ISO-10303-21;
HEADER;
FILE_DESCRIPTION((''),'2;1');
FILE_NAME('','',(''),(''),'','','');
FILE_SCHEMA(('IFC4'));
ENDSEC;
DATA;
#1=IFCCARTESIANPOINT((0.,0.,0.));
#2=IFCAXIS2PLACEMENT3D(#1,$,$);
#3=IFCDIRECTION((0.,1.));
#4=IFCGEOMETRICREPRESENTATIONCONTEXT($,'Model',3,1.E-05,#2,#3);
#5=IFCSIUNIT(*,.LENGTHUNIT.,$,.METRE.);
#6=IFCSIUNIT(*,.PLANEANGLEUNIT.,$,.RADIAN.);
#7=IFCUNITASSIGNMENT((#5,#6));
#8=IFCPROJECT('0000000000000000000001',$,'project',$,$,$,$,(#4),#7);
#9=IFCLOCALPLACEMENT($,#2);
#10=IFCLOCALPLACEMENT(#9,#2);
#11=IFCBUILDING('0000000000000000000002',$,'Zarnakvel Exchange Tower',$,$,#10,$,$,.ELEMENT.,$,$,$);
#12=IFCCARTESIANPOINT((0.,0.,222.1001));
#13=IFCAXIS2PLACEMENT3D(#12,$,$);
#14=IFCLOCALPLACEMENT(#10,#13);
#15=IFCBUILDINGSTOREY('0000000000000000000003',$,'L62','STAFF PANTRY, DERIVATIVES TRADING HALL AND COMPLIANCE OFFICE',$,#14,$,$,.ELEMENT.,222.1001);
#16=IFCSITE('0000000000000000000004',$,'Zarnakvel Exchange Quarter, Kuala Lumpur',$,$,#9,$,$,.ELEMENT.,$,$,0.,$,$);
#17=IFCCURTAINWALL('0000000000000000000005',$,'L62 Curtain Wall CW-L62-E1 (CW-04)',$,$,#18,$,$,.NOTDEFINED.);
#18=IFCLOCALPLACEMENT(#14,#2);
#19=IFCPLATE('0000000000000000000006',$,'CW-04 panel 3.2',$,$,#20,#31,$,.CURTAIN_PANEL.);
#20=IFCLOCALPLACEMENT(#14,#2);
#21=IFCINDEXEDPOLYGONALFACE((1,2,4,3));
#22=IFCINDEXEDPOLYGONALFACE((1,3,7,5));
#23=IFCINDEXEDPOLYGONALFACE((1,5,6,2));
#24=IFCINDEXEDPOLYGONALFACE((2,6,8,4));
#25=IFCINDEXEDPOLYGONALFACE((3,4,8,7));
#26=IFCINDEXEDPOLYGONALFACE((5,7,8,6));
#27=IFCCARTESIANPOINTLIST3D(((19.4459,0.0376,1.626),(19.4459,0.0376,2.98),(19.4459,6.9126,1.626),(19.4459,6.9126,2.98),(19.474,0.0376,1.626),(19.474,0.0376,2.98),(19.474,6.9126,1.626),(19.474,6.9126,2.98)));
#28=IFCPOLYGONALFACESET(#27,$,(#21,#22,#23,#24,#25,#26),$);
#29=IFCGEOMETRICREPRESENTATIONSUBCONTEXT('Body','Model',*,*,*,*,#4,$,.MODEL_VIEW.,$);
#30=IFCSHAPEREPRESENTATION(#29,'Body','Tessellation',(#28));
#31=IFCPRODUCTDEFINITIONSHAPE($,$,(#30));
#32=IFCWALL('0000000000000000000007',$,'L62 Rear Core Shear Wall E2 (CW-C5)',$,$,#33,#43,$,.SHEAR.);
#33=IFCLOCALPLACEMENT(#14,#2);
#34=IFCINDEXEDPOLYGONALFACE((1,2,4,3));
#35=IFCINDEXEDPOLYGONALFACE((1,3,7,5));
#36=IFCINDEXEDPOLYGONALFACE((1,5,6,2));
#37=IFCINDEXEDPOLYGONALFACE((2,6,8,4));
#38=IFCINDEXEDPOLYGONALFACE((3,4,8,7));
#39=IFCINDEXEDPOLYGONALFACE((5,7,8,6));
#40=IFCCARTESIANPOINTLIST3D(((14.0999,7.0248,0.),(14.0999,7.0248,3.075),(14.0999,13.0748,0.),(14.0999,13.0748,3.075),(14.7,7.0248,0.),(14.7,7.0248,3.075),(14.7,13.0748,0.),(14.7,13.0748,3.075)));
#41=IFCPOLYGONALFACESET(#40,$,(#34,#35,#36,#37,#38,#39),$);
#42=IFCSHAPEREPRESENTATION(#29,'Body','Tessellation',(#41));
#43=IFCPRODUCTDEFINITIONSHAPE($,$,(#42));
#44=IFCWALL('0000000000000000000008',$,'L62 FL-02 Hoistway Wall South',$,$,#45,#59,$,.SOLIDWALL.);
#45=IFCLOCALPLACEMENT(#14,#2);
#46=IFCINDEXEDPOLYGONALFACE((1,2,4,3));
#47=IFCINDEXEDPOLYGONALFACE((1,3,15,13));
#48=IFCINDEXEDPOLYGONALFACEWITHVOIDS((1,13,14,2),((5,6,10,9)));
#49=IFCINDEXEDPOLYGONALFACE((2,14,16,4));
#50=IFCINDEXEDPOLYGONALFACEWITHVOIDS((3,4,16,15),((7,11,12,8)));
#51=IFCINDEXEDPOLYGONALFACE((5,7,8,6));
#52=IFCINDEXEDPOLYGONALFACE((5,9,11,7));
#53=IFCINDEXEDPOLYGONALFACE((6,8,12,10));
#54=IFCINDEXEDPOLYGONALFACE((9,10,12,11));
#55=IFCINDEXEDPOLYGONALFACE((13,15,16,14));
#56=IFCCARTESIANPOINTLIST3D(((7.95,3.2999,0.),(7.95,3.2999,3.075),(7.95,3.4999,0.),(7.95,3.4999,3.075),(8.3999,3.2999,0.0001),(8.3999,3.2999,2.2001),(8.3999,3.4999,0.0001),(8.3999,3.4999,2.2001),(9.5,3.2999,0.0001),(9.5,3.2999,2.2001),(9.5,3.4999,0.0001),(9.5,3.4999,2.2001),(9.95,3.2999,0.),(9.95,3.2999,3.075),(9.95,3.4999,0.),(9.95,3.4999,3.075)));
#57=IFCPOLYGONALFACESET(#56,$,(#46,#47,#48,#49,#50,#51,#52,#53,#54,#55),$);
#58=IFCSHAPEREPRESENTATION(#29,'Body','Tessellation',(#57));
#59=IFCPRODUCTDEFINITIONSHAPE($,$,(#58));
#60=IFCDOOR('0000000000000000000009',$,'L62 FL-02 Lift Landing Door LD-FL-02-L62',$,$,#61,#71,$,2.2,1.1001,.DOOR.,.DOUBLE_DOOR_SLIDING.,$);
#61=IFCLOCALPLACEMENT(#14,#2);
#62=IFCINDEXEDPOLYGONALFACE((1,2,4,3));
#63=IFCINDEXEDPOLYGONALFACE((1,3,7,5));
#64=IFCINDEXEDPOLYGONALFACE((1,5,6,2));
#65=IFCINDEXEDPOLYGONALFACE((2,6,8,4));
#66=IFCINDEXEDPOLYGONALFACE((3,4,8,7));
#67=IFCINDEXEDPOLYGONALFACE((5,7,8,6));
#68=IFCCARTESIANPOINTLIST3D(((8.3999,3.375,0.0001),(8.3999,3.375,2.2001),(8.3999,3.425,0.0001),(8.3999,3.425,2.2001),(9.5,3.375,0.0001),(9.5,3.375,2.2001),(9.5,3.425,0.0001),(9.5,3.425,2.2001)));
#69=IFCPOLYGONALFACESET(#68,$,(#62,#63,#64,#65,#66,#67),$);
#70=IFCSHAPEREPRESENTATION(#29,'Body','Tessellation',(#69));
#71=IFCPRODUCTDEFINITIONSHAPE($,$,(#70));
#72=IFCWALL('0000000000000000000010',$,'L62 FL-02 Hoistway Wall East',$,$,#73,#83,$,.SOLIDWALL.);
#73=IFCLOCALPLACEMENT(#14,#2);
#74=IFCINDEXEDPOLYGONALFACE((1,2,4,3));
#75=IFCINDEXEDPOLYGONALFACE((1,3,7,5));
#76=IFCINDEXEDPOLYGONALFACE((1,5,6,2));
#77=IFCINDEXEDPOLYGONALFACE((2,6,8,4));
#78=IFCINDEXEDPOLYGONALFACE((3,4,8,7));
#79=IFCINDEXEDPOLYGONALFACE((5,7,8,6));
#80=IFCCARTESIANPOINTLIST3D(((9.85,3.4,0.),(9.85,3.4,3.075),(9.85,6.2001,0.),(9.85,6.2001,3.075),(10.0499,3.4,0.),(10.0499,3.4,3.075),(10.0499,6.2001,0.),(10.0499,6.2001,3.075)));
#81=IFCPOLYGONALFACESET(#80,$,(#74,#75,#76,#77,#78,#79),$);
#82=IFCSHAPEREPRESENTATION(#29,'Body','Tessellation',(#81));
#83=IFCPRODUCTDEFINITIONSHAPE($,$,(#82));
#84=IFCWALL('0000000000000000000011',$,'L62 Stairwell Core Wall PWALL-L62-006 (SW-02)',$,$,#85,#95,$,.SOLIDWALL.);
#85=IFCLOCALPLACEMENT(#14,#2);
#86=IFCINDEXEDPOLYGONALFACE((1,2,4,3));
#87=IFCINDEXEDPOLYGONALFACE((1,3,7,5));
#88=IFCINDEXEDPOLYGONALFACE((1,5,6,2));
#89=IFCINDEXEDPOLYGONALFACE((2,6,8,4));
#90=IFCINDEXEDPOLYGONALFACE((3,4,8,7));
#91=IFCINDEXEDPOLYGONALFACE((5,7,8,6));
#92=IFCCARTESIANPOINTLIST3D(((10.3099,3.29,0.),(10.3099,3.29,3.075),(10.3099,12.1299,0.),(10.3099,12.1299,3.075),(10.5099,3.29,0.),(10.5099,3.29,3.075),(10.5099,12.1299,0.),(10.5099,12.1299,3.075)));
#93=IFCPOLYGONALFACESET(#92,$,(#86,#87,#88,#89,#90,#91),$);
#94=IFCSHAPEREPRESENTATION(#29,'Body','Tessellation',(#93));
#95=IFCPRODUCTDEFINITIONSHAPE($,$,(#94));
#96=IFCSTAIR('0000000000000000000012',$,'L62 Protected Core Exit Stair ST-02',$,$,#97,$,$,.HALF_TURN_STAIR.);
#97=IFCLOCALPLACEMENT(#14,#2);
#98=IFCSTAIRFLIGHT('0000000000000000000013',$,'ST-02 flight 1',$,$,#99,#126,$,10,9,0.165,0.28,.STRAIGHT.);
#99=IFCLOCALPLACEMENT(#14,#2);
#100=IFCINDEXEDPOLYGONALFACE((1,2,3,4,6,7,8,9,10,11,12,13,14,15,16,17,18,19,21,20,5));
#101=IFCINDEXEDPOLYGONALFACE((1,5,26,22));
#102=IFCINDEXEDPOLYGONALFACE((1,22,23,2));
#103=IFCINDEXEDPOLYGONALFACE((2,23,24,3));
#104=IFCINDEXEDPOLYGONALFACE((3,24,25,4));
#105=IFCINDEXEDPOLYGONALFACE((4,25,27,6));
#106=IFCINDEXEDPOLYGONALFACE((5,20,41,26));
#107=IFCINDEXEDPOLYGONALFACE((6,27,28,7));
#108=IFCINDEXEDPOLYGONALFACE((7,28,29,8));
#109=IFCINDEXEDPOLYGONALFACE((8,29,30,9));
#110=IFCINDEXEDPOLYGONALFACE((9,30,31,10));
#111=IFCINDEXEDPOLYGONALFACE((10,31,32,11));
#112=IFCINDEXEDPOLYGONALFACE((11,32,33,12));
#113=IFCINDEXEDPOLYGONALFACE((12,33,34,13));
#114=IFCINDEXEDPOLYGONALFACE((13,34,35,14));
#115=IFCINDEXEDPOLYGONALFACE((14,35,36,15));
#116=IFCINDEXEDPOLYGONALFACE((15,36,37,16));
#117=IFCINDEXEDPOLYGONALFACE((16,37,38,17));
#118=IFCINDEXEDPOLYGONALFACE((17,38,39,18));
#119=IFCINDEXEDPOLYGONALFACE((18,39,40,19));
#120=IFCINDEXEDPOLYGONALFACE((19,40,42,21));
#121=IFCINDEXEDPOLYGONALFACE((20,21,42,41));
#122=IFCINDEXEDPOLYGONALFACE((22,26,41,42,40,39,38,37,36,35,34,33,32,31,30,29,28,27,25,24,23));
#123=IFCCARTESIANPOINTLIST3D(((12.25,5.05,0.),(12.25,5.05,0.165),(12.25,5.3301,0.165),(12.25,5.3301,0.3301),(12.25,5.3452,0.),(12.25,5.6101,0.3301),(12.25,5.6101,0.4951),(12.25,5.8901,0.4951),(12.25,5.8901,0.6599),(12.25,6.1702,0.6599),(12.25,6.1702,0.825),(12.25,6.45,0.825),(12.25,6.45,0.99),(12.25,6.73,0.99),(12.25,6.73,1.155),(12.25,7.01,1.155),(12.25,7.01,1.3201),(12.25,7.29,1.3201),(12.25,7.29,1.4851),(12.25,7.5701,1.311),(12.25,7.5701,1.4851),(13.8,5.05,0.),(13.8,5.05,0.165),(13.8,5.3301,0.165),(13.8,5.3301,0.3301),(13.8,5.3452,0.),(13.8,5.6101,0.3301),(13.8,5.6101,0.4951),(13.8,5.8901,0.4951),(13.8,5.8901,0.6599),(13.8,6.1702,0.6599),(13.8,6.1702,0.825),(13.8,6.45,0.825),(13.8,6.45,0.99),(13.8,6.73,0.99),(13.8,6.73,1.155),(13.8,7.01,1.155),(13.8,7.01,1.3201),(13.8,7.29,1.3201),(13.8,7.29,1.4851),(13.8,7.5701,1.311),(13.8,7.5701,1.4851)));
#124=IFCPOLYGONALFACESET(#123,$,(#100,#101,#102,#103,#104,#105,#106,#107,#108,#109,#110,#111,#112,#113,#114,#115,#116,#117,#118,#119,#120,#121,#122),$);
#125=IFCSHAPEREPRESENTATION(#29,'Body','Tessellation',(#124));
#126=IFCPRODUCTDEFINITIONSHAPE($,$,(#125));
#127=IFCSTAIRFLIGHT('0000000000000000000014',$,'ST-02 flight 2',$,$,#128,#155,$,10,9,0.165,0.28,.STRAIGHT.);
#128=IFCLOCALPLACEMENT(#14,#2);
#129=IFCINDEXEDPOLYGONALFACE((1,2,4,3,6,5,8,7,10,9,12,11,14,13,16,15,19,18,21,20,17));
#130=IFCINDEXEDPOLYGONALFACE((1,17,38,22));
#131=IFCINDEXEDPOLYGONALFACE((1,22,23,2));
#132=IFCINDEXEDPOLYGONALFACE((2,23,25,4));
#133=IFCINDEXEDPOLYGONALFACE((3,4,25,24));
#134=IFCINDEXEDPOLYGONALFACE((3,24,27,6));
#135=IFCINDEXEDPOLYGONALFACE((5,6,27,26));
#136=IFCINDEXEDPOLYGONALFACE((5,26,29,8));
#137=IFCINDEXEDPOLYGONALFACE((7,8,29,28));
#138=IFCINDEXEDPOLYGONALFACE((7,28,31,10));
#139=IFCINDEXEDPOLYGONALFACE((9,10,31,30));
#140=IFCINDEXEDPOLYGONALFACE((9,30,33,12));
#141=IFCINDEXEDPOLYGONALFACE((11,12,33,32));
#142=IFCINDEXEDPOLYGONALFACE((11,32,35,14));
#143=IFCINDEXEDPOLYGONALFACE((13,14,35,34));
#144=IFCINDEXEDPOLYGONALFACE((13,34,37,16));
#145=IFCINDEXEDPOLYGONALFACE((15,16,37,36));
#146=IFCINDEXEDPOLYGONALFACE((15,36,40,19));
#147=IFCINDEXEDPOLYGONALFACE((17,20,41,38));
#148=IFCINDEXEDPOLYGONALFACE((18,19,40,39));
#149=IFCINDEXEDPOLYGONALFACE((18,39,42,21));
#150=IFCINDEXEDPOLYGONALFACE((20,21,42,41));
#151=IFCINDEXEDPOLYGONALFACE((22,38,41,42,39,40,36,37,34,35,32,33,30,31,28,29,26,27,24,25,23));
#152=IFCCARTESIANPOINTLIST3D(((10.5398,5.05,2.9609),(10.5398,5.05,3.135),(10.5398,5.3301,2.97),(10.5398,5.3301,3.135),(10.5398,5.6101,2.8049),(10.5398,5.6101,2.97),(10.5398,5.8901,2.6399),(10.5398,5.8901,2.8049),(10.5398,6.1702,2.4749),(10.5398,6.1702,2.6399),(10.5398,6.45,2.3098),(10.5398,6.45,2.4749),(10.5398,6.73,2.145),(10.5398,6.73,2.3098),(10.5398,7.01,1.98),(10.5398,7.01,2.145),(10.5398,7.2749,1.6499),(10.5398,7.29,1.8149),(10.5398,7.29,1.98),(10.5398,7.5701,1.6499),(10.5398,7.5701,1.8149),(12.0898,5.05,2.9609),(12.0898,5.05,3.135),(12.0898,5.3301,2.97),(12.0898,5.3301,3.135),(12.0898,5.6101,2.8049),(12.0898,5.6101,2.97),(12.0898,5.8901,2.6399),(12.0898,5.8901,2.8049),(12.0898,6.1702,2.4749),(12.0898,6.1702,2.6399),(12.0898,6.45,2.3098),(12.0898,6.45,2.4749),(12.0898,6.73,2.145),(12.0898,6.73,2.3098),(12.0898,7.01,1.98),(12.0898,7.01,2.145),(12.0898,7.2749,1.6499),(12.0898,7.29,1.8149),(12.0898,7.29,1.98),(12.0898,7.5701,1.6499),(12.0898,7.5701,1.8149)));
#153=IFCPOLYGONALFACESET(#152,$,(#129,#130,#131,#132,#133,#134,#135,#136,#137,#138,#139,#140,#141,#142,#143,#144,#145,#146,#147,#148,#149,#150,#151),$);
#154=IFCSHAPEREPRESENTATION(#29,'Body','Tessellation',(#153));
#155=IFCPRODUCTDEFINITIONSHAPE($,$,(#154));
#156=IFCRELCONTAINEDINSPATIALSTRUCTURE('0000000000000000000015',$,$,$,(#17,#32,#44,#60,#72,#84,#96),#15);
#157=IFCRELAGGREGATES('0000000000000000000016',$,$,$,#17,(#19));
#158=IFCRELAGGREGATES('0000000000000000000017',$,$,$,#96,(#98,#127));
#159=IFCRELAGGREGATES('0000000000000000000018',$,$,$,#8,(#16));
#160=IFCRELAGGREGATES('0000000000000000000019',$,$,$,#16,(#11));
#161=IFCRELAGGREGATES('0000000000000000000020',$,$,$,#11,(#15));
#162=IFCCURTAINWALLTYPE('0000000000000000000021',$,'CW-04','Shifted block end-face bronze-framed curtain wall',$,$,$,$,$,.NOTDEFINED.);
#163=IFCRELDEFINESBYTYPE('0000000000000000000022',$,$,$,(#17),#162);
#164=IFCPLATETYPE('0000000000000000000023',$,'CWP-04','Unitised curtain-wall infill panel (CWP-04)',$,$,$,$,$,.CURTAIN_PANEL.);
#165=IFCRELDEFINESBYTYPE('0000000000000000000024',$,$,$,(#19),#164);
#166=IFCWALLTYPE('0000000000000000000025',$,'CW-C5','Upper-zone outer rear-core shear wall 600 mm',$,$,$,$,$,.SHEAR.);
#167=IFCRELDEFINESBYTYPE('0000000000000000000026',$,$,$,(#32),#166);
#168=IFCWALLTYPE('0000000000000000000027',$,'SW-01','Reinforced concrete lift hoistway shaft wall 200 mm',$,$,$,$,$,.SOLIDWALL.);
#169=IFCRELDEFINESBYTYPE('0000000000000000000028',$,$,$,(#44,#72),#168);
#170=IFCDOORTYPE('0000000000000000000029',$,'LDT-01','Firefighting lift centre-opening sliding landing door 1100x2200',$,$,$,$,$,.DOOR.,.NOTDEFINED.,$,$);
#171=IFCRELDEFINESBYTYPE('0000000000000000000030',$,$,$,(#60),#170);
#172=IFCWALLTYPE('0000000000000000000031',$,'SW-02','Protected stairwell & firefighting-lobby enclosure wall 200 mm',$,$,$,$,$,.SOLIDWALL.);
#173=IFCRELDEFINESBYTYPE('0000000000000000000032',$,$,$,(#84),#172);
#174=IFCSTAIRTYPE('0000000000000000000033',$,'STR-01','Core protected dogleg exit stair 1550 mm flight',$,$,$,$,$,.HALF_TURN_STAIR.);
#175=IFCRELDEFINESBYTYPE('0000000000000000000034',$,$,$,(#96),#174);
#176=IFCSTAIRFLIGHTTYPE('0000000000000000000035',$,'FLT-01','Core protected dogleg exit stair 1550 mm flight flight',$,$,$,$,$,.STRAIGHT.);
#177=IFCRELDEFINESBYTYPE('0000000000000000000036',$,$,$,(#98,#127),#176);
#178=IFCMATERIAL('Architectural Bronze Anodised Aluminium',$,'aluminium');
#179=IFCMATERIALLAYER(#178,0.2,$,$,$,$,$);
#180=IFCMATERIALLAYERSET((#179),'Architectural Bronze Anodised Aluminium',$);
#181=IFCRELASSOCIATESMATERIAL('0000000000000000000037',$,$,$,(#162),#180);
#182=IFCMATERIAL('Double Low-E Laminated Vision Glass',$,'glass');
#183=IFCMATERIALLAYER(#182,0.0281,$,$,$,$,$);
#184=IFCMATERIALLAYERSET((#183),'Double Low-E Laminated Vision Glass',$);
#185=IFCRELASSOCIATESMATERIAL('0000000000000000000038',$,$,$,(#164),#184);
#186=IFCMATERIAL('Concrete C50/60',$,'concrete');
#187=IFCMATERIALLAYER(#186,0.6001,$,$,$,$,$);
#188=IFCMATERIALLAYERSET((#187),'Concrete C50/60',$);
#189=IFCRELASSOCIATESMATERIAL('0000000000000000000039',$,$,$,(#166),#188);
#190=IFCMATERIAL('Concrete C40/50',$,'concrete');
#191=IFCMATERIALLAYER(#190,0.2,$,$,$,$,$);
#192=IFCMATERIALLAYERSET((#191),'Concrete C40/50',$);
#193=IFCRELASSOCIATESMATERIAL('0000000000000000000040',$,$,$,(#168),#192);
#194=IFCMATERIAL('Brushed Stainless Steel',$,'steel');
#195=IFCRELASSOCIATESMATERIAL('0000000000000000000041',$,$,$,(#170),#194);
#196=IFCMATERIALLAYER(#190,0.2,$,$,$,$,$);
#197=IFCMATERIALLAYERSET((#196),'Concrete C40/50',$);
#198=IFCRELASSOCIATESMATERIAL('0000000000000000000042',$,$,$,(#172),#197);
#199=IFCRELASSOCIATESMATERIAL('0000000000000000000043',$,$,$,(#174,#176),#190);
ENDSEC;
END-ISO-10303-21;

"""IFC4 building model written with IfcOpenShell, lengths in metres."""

from ifc_helpers import new_model, si_unit, direction, frame, frame_2d, origin, origin_2d, place, context, subcontext, project, spatial, polyline, rectangle, outline, extrude, source, transform, mapped, material, layer, layer_set, type_object, element, fill, aggregate, save


model = new_model("IFC4")

# Units and contexts
model_context = context("Model", 3, precision=1e-05, world=origin(), true_north=direction((0.0, 1.0)))
body_context = subcontext(model_context, "Body", "Model", "MODEL_VIEW")
ifc_project = project(units=[si_unit("LENGTHUNIT", "METRE"), si_unit("PLANEANGLEUNIT", "RADIAN")], contexts=[model_context])

# Site, building, storey
site_placement = place(None, origin())
site = spatial("IfcSite", under=ifc_project, at=site_placement, Name="Zarnakvel Exchange Quarter, Kuala Lumpur", CompositionType="ELEMENT", RefElevation=0.0)
building_placement = place(site_placement, origin())
building = spatial("IfcBuilding", under=site, at=building_placement, Name="Zarnakvel Exchange Tower", CompositionType="ELEMENT")
storey_placement = place(building_placement, frame((0.0, 0.0, 222.1001)))
storey = spatial("IfcBuildingStorey", under=building, at=storey_placement, Name="L62", Description="STAFF PANTRY, DERIVATIVES TRADING HALL AND COMPLIANCE OFFICE", CompositionType="ELEMENT", Elevation=222.1001)

# Shared definitions
ifc_material_1 = material(Name="Concrete C50/60", Category="concrete")

# Curtain wall, plate
ifc_material_2 = material(Name="Architectural Bronze Anodised Aluminium", Category="aluminium")
ifc_layer_1 = layer(ifc_material_2, 0.2)
ifc_layer_set_1 = layer_set([ifc_layer_1], Name="Architectural Bronze Anodised Aluminium")
curtain_wall_type = type_object("IfcCurtainWallType", Name="CW-04", Description="Shifted block end-face bronze-framed curtain wall", PredefinedType="NOTDEFINED", material=ifc_layer_set_1)
curtain_wall_placement = place(storey_placement, origin())
curtain_wall = element("IfcCurtainWall", 1, at=curtain_wall_placement, inside=storey, type_object=curtain_wall_type, Name="L62 Curtain Wall CW-L62-E1 (CW-04)", PredefinedType="NOTDEFINED")
ifc_material_3 = material(Name="Double Low-E Laminated Vision Glass", Category="glass")
ifc_layer_2 = layer(ifc_material_3, 0.0281)
ifc_layer_set_2 = layer_set([ifc_layer_2], Name="Double Low-E Laminated Vision Glass")
plate_type = type_object("IfcPlateType", Name="CWP-04", Description="Unitised curtain-wall infill panel (CWP-04)", PredefinedType="CURTAIN_PANEL", material=ifc_layer_set_2)
shared_shape_1 = source(origin(), body_context, "Body", "SweptSolid", [
    extrude(rectangle(XDim=6.875, YDim=0.0281, at=origin_2d()), origin(), (0.0, 0.0, 1.0), 1.354),
])
plate_1_placement = place(storey_placement, frame((19.46, 3.4751, 1.626), z_axis=(0.0, 0.0, 1.0), x_axis=(0.0, 1.0, 0.0)))
plate_1 = element("IfcPlate", 2, at=plate_1_placement, type_object=plate_type, Name="CW-04 panel 3.2", PredefinedType="CURTAIN_PANEL", context=body_context, shape_type="MappedRepresentation", body=[
    mapped(shared_shape_1, transform((0.0, 0.0, 0.0), x_axis=(1.0, 0.0, 0.0), y_axis=(0.0, 1.0, 0.0), z_axis=(0.0, 0.0, 1.0), scale=1.0)),
])
aggregate(curtain_wall, [plate_1])

# Wall
ifc_layer_3 = layer(ifc_material_1, 0.6001)
ifc_layer_set_3 = layer_set([ifc_layer_3], Name="Concrete C50/60")
wall_type_1 = type_object("IfcWallType", Name="CW-C5", Description="Upper-zone outer rear-core shear wall 600 mm", PredefinedType="SHEAR", material=ifc_layer_set_3)
wall_1_placement = place(storey_placement, frame((14.3999, 7.0249, 0.0), z_axis=(0.0, 0.0, 1.0), x_axis=(0.0, 1.0, 0.0)))
element("IfcWall", 3, at=wall_1_placement, inside=storey, type_object=wall_type_1, Name="L62 Rear Core Shear Wall E2 (CW-C5)", PredefinedType="SHEAR", context=body_context, shape_type="SweptSolid", body=[
    extrude(rectangle(XDim=6.05, YDim=0.6001, at=frame_2d((3.0249, 0.0))), origin(), (0.0, 0.0, 1.0), 3.075),
])

# Wall, opening, door
ifc_material_4 = material(Name="Concrete C40/50", Category="concrete")
ifc_layer_4 = layer(ifc_material_4, 0.2)
ifc_layer_set_4 = layer_set([ifc_layer_4], Name="Concrete C40/50")
wall_type_2 = type_object("IfcWallType", Name="SW-01", Description="Reinforced concrete lift hoistway shaft wall 200 mm", PredefinedType="SOLIDWALL", material=ifc_layer_set_4)
wall_2_placement = place(storey_placement, frame((9.95, 3.3999, 0.0), z_axis=(0.0, 0.0, 1.0), x_axis=(-1.0, 0.0, 0.0)))
wall_2 = element("IfcWall", 4, at=wall_2_placement, inside=storey, type_object=wall_type_2, Name="L62 FL-02 Hoistway Wall South", PredefinedType="SOLIDWALL", context=body_context, shape_type="SweptSolid", body=[
    extrude(rectangle(XDim=2.0, YDim=0.2, at=frame_2d((1.0, 0.0))), origin(), (0.0, 0.0, 1.0), 3.075),
])
opening_1_placement = place(wall_2_placement, frame((0.45, 0.0, 0.0)))
opening_1 = element("IfcOpeningElement", 5, at=opening_1_placement, cuts=wall_2, PredefinedType="OPENING", context=body_context, shape_type="SweptSolid", body=[
    extrude(rectangle(XDim=1.1001, YDim=2.2, at=frame_2d((0.55, 1.1001))), frame((0.0, 0.1099, 0.0), z_axis=(0.0, -1.0, 0.0), x_axis=(1.0, 0.0, 0.0)), (0.0, 0.0, 1.0), 0.22),
])
ifc_material_5 = material(Name="Brushed Stainless Steel", Category="steel")
door_type_1 = type_object("IfcDoorType", Name="LDT-01", Description="Firefighting lift centre-opening sliding landing door 1100x2200", OperationType="NOTDEFINED", PredefinedType="DOOR", material=ifc_material_5)
shared_shape_2 = source(origin(), body_context, "Body", "SweptSolid", [
    extrude(rectangle(XDim=1.1001, YDim=2.2, at=frame_2d((0.55, 1.1001))), frame((0.0, 0.0249, 0.0), z_axis=(0.0, -1.0, 0.0), x_axis=(1.0, 0.0, 0.0)), (0.0, 0.0, 1.0), 0.05),
])
door_1_placement = place(opening_1_placement, origin())
door_1 = element("IfcDoor", 6, at=door_1_placement, inside=storey, type_object=door_type_1, Name="L62 FL-02 Lift Landing Door LD-FL-02-L62", OperationType="DOUBLE_DOOR_SLIDING", OverallHeight=2.2, OverallWidth=1.1001, PredefinedType="DOOR", context=body_context, shape_type="MappedRepresentation", body=[
    mapped(shared_shape_2, transform((0.0, 0.0, 0.0), x_axis=(1.0, 0.0, 0.0), y_axis=(0.0, 1.0, 0.0), z_axis=(0.0, 0.0, 1.0), scale=1.0)),
])
fill(opening_1, door_1)

# Wall
wall_3_placement = place(storey_placement, frame((9.95, 6.2, 0.0), z_axis=(0.0, 0.0, 1.0), x_axis=(0.0, -1.0, 0.0)))
element("IfcWall", 7, at=wall_3_placement, inside=storey, type_object=wall_type_2, Name="L62 FL-02 Hoistway Wall East", PredefinedType="SOLIDWALL", context=body_context, shape_type="SweptSolid", body=[
    extrude(rectangle(XDim=2.8, YDim=0.2, at=frame_2d((1.3999, 0.0))), origin(), (0.0, 0.0, 1.0), 3.075),
])

# Shared definitions
ifc_layer_5 = layer(ifc_material_4, 0.2)
ifc_layer_set_5 = layer_set([ifc_layer_5], Name="Concrete C40/50")
wall_type_3 = type_object("IfcWallType", Name="SW-02", Description="Protected stairwell & firefighting-lobby enclosure wall 200 mm", PredefinedType="SOLIDWALL", material=ifc_layer_set_5)

# Wall
wall_4_placement = place(storey_placement, frame((10.4099, 3.29, 0.0), z_axis=(0.0, 0.0, 1.0), x_axis=(0.0, 1.0, 0.0)))
element("IfcWall", 8, at=wall_4_placement, inside=storey, type_object=wall_type_3, Name="L62 Stairwell Core Wall PWALL-L62-006 (SW-02)", PredefinedType="SOLIDWALL", context=body_context, shape_type="SweptSolid", body=[
    extrude(rectangle(XDim=8.8398, YDim=0.2, at=frame_2d((4.4199, 0.0))), origin(), (0.0, 0.0, 1.0), 3.075),
])

# Stair, stair flights
stair_type = type_object("IfcStairType", Name="STR-01", Description="Core protected dogleg exit stair 1550 mm flight", PredefinedType="HALF_TURN_STAIR", material=ifc_material_4)
stair_placement = place(storey_placement, origin())
stair = element("IfcStair", 9, at=stair_placement, inside=storey, type_object=stair_type, Name="L62 Protected Core Exit Stair ST-02", PredefinedType="HALF_TURN_STAIR")
stair_flight_type = type_object("IfcStairFlightType", Name="FLT-01", Description="Core protected dogleg exit stair 1550 mm flight flight", PredefinedType="STRAIGHT", material=ifc_material_4)
stair_flight_1_placement = place(storey_placement, frame((13.0249, 5.05, 0.0), z_axis=(0.0, 0.0, 1.0), x_axis=(0.0, 1.0, 0.0)))
stair_flight_1 = element("IfcStairFlight", 10, at=stair_flight_1_placement, type_object=stair_flight_type, Name="ST-02 flight 1", NumberOfRisers=10, NumberOfTreads=9, PredefinedType="STRAIGHT", RiserHeight=0.165, TreadLength=0.28, context=body_context, shape_type="SweptSolid", body=[
    extrude(outline(polyline([(0.0, 0.0), (0.0, 0.165), (0.28, 0.165), (0.28, 0.3301), (0.5601, 0.3301), (0.5601, 0.4951), (0.8401, 0.4951), (0.8401, 0.6599), (1.1201, 0.6599), (1.1201, 0.825), (1.3999, 0.825), (1.3999, 0.99), (1.6799, 0.99), (1.6799, 1.155), (1.96, 1.155), (1.96, 1.3201), (2.24, 1.3201), (2.24, 1.4851), (2.52, 1.4851), (2.52, 1.6499), (2.52, 1.311), (0.2952, 0.0), (0.0, 0.0)])), frame((0.0, 0.7749, 0.0), z_axis=(0.0, -1.0, 0.0), x_axis=(1.0, 0.0, 0.0)), (0.0, 0.0, 1.0), 1.55),
])
stair_flight_2_placement = place(storey_placement, frame((11.3149, 7.5701, 1.6499), z_axis=(0.0, 0.0, 1.0), x_axis=(0.0, -1.0, 0.0)))
stair_flight_2 = element("IfcStairFlight", 11, at=stair_flight_2_placement, type_object=stair_flight_type, Name="ST-02 flight 2", NumberOfRisers=10, NumberOfTreads=9, PredefinedType="STRAIGHT", RiserHeight=0.165, TreadLength=0.28, context=body_context, shape_type="SweptSolid", body=[
    extrude(outline(polyline([(0.0, 0.0), (0.0, 0.165), (0.28, 0.165), (0.28, 0.3301), (0.5601, 0.3301), (0.5601, 0.4951), (0.8401, 0.4951), (0.8401, 0.6599), (1.1201, 0.6599), (1.1201, 0.825), (1.3999, 0.825), (1.3999, 0.99), (1.6799, 0.99), (1.6799, 1.155), (1.96, 1.155), (1.96, 1.3201), (2.24, 1.3201), (2.24, 1.4851), (2.52, 1.4851), (2.52, 1.6499), (2.52, 1.311), (0.2952, 0.0), (0.0, 0.0)])), frame((0.0, 0.7749, 0.0), z_axis=(0.0, -1.0, 0.0), x_axis=(1.0, 0.0, 0.0)), (0.0, 0.0, 1.0), 1.55),
])
aggregate(stair, [stair_flight_1, stair_flight_2])

save(model, "model.ifc")
